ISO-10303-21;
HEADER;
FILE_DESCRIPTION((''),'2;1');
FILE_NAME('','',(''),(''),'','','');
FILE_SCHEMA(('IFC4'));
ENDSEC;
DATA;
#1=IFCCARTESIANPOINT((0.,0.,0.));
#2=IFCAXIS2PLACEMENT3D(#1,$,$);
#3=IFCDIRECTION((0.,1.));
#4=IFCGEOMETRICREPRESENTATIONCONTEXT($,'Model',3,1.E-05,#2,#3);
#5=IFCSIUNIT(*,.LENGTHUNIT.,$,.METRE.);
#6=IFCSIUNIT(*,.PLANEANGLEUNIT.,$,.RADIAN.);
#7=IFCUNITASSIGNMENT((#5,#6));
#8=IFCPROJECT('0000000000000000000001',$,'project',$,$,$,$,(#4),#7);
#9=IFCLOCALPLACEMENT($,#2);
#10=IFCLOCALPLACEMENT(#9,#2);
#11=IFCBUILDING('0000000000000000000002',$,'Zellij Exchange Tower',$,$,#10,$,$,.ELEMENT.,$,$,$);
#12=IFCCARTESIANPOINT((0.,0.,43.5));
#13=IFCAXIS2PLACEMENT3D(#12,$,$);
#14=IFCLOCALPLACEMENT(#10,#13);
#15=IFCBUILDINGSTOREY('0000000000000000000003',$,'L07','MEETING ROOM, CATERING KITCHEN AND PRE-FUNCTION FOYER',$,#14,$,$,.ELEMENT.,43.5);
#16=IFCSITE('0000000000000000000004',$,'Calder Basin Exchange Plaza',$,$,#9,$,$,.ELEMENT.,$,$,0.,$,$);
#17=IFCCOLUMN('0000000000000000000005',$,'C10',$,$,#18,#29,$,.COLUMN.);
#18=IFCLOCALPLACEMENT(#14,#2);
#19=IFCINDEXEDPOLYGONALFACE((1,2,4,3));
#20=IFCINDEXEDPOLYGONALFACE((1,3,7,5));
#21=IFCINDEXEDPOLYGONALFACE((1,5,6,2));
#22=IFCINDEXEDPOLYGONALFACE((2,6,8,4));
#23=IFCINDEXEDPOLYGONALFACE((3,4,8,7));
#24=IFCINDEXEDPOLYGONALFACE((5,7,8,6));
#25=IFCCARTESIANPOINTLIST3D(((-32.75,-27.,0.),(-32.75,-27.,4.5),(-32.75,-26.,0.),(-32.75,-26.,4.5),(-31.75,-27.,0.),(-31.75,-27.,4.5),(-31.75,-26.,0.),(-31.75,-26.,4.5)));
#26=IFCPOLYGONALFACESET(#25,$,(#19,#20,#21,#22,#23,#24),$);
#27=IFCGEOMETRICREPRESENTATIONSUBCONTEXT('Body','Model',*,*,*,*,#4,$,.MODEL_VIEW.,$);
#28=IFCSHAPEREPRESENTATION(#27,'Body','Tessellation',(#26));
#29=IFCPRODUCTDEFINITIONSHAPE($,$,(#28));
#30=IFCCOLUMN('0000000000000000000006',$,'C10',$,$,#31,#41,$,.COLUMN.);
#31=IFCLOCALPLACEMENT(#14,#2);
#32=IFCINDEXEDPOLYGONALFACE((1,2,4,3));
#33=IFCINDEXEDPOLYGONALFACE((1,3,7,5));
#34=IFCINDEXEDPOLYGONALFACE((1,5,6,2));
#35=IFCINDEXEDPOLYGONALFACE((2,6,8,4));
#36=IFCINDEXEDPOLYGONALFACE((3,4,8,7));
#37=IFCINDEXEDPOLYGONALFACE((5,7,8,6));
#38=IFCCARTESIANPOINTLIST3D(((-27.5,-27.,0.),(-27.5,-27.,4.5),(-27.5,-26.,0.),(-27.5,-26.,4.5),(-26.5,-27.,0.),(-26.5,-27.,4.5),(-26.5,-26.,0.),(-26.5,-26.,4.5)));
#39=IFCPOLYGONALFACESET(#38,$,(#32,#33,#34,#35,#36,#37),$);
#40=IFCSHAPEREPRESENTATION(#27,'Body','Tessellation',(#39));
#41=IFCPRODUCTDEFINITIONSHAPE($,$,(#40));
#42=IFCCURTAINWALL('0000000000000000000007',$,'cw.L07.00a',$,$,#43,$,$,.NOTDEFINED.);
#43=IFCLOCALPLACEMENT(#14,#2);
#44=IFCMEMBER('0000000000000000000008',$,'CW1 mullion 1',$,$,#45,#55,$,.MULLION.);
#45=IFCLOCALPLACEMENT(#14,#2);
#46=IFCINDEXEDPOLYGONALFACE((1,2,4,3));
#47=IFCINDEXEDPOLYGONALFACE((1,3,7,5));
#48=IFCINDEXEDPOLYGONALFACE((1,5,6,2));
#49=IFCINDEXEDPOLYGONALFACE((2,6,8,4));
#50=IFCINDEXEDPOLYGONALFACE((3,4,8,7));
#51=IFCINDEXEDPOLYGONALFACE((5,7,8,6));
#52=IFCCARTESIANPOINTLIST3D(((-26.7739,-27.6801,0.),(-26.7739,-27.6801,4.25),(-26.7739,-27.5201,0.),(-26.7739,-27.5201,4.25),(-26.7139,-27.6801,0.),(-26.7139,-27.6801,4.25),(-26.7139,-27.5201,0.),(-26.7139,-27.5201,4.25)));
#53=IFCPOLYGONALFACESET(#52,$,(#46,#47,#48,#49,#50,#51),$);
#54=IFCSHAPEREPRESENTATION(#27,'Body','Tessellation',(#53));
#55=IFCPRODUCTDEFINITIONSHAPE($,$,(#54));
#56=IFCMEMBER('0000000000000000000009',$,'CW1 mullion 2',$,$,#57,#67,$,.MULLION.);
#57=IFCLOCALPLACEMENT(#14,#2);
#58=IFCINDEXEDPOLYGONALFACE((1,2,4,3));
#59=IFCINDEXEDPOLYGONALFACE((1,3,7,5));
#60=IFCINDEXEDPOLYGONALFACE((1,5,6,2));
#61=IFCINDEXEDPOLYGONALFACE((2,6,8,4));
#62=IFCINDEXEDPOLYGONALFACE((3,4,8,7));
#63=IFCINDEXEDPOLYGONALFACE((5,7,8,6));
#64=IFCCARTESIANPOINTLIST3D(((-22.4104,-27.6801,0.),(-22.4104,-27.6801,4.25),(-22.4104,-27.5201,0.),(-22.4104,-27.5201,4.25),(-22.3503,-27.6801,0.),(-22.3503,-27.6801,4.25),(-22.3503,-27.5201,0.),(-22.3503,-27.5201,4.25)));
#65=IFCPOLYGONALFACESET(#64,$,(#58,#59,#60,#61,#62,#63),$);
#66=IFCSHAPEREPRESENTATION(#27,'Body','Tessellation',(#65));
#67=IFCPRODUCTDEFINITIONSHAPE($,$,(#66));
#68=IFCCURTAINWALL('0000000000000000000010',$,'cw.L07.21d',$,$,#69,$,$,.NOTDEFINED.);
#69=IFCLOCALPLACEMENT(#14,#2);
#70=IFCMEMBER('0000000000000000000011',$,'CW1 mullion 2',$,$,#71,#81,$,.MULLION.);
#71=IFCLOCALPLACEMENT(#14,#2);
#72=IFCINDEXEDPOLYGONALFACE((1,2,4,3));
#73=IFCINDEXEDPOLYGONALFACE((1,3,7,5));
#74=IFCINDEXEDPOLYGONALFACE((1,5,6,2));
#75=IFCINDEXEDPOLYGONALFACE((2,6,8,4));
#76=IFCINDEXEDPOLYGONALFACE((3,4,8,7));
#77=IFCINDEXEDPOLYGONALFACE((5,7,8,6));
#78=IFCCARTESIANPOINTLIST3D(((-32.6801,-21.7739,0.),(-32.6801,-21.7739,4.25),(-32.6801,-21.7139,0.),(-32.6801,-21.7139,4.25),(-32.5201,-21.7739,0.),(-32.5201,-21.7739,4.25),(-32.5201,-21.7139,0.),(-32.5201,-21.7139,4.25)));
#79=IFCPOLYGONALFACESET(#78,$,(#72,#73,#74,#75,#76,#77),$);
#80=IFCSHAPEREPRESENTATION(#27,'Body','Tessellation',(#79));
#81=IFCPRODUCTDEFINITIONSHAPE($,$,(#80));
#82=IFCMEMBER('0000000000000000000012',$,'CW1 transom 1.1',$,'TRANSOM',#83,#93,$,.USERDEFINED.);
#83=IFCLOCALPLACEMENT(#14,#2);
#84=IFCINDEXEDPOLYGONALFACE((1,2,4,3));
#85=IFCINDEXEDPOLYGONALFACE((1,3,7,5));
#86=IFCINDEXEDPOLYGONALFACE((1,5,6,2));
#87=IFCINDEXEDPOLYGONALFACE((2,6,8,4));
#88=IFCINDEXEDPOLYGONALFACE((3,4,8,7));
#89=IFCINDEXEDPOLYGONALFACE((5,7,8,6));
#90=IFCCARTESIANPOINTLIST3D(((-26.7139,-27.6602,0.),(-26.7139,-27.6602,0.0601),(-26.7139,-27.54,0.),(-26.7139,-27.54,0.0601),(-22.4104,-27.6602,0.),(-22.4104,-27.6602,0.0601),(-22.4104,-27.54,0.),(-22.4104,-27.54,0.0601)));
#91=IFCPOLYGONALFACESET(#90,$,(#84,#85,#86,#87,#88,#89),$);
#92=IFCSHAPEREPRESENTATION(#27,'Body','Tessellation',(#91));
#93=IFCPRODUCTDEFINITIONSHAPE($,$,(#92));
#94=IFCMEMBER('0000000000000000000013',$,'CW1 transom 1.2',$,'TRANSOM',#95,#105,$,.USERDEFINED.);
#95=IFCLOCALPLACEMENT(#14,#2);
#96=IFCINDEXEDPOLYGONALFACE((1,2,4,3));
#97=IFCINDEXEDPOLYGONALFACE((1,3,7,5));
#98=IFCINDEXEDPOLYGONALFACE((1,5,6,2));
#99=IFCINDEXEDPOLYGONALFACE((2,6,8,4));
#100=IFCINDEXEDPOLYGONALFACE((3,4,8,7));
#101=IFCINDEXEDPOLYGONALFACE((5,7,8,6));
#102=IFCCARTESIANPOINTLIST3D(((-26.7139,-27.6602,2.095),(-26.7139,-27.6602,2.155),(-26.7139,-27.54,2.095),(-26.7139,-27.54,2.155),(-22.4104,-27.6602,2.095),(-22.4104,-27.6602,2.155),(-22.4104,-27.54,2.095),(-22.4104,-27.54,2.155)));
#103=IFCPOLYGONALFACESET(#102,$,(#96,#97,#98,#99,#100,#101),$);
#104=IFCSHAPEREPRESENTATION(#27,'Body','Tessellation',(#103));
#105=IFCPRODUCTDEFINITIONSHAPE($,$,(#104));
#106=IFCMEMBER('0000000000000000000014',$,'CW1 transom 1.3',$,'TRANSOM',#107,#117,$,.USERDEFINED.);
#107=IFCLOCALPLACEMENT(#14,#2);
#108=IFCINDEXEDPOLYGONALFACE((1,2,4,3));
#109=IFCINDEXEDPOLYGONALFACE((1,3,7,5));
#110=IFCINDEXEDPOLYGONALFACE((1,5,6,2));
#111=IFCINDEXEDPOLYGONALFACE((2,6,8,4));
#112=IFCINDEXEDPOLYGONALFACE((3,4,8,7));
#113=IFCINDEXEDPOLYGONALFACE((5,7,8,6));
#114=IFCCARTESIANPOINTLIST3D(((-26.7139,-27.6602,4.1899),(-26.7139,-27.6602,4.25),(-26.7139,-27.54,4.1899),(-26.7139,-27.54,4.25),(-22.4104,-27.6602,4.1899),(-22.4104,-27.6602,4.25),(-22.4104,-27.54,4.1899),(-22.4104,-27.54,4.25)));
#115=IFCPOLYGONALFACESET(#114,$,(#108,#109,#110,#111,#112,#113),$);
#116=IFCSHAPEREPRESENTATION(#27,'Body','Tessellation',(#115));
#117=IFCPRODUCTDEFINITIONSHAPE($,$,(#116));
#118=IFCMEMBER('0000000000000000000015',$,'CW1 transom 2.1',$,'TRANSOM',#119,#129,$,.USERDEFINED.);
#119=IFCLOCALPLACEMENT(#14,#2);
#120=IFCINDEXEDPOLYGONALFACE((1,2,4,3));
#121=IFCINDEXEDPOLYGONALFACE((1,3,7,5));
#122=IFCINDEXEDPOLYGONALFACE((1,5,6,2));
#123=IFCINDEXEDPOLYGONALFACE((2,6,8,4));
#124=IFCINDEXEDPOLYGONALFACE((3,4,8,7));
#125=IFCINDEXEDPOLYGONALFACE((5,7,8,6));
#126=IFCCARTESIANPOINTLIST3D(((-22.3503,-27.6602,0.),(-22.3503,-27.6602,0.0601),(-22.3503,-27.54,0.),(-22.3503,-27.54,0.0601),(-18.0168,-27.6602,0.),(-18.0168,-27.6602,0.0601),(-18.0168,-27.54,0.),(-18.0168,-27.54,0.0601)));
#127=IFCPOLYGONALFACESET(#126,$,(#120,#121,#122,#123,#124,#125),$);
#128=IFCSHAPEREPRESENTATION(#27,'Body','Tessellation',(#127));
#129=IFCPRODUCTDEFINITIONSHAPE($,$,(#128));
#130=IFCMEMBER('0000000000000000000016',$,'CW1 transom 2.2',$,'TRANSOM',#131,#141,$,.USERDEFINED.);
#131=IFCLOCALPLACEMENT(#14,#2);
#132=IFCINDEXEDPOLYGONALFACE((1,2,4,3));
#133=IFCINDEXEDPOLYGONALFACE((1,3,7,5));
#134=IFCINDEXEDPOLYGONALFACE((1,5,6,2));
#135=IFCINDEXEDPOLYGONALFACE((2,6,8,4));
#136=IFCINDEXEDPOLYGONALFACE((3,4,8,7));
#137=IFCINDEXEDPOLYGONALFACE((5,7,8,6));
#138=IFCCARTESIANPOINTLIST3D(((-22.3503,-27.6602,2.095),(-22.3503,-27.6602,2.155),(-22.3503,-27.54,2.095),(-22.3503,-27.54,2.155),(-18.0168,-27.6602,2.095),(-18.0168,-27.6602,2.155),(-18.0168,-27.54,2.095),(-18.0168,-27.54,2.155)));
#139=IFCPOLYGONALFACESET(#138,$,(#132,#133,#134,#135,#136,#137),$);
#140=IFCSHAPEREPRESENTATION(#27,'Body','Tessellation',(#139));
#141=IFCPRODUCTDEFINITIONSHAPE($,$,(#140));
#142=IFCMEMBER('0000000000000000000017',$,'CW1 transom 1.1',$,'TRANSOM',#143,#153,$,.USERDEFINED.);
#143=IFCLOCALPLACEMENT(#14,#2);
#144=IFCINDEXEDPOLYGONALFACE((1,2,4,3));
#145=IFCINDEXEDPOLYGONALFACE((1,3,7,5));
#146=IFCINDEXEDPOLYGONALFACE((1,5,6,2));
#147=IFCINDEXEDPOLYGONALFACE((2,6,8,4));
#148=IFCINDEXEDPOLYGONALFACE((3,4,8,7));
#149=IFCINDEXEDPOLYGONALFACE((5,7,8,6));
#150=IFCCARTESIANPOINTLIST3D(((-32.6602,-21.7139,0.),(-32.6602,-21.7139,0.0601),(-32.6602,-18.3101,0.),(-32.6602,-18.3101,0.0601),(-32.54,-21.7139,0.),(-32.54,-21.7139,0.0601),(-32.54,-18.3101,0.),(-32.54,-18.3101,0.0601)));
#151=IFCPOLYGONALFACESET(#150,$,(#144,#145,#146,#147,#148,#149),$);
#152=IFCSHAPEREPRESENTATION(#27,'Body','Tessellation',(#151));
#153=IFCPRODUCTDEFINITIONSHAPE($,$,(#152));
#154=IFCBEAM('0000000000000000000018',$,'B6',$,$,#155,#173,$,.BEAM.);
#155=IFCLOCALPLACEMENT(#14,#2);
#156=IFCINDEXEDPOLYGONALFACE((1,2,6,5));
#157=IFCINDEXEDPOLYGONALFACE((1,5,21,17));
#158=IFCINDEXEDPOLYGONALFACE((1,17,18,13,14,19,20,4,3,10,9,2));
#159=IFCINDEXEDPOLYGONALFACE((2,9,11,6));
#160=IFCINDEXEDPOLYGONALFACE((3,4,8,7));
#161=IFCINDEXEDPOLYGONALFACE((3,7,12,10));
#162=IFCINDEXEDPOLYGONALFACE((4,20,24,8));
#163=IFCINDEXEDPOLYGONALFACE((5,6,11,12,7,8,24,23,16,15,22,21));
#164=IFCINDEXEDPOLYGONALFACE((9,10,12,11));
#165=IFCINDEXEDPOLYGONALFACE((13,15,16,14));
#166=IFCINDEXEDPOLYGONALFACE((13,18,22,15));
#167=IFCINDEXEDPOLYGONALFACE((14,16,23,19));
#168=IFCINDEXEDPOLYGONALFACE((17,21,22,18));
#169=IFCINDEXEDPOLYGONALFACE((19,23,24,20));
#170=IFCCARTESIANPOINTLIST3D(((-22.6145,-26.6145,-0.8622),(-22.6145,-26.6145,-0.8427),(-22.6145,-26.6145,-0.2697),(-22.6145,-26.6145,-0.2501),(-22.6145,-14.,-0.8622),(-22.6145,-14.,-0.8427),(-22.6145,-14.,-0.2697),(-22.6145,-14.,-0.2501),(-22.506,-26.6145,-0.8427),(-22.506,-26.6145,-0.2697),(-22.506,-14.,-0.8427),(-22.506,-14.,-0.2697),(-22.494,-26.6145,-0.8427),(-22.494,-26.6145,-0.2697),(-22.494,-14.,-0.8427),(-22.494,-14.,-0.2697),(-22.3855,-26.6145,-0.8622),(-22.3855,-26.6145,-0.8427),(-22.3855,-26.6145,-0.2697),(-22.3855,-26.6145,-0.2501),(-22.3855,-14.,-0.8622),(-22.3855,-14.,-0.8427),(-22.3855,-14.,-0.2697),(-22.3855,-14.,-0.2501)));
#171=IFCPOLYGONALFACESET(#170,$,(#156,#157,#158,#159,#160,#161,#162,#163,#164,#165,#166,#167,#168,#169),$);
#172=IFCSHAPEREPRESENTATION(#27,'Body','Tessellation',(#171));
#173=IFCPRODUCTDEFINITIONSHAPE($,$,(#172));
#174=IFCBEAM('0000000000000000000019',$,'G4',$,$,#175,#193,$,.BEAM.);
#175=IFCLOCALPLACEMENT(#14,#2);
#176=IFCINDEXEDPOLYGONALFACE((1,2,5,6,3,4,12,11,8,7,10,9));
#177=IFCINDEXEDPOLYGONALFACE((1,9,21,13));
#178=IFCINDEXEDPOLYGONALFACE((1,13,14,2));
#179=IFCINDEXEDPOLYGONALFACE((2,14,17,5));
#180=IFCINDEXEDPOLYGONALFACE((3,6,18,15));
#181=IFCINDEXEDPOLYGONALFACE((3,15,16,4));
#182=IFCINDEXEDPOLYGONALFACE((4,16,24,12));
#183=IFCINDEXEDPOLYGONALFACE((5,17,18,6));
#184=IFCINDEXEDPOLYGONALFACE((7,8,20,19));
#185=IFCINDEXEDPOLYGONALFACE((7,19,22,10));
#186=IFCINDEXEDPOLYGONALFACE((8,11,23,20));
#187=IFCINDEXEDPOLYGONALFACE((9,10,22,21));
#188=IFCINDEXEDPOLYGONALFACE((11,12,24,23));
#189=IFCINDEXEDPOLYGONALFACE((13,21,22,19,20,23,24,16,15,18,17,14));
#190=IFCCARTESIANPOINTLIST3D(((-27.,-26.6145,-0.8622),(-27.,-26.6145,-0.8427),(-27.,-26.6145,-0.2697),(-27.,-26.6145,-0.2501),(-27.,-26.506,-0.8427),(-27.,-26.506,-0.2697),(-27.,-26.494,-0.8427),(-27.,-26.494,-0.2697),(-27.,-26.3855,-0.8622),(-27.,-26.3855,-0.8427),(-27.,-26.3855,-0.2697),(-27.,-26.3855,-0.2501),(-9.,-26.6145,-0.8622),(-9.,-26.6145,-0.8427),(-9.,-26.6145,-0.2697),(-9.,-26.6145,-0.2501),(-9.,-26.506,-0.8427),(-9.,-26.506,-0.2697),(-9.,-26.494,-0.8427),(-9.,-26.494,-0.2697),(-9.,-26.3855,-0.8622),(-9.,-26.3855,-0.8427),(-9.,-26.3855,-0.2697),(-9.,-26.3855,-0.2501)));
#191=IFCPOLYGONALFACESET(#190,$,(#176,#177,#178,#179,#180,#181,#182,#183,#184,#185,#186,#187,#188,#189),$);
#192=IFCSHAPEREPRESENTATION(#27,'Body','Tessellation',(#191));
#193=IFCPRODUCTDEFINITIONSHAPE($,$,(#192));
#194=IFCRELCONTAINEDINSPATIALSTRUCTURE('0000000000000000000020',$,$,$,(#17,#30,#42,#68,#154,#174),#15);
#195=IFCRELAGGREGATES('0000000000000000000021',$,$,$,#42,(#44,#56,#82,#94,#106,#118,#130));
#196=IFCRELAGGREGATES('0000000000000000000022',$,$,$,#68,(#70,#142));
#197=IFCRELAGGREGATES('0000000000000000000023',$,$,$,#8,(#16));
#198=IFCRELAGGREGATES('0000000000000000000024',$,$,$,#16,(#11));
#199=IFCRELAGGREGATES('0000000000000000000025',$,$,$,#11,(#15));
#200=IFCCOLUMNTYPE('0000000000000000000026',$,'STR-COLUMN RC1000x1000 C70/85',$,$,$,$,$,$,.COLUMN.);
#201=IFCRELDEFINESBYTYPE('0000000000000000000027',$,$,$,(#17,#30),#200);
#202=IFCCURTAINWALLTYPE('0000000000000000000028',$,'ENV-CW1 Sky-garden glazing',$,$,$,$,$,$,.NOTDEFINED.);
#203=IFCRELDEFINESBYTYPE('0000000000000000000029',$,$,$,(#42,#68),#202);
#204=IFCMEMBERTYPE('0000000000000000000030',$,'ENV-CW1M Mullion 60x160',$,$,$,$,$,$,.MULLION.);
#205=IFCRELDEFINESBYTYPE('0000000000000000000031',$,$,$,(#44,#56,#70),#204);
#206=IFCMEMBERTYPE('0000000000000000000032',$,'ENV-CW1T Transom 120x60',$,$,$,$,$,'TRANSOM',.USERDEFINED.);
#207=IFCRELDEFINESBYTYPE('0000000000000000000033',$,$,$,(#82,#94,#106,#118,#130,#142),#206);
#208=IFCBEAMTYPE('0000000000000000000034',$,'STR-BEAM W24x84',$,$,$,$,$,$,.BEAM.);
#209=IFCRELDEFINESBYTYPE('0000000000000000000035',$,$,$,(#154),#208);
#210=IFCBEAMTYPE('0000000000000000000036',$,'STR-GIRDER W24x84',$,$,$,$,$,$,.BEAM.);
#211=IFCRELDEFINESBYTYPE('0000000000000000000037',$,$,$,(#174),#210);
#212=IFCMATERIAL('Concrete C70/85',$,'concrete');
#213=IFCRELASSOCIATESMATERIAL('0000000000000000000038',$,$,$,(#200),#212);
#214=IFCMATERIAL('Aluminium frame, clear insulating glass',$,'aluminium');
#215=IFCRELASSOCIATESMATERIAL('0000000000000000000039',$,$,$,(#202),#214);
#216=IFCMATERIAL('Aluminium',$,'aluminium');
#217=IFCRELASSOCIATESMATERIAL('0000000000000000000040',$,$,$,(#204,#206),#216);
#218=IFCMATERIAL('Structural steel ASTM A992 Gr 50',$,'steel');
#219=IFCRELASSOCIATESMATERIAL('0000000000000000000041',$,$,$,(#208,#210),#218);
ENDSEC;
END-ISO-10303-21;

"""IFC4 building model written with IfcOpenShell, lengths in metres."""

from ifc_helpers import new_model, si_unit, direction, frame, origin, origin_2d, place, context, subcontext, project, spatial, rectangle, i_section, extrude, material, material_profile, profile_set, type_object, element, aggregate, save


model = new_model("IFC4")

# Units and contexts
model_context = context("Model", 3, precision=1e-05, world=origin(), true_north=direction((0.0, 1.0)))
body_context = subcontext(model_context, "Body", "Model", "MODEL_VIEW")
ifc_project = project(units=[si_unit("LENGTHUNIT", "METRE"), si_unit("PLANEANGLEUNIT", "RADIAN")], contexts=[model_context])

# Site, building, storey
site_placement = place(None, origin())
site = spatial("IfcSite", under=ifc_project, at=site_placement, Name="Calder Basin Exchange Plaza", CompositionType="ELEMENT", RefElevation=0.0)
building_placement = place(site_placement, origin())
building = spatial("IfcBuilding", under=site, at=building_placement, Name="Zellij Exchange Tower", CompositionType="ELEMENT")
storey_placement = place(building_placement, frame((0.0, 0.0, 43.5)))
storey = spatial("IfcBuildingStorey", under=building, at=storey_placement, Name="L07", Description="MEETING ROOM, CATERING KITCHEN AND PRE-FUNCTION FOYER", CompositionType="ELEMENT", Elevation=43.5)

# Columns
ifc_material_1 = material(Name="Concrete C70/85", Category="concrete")
ifc_material_profile_1 = material_profile(ifc_material_1, rectangle(XDim=1.0, YDim=1.0, at=origin_2d()), Name="STR-COLUMN RC1000x1000 C70/85")
ifc_profile_set_1 = profile_set([ifc_material_profile_1], Name="Concrete C70/85")
column_type = type_object("IfcColumnType", Name="STR-COLUMN RC1000x1000 C70/85", PredefinedType="COLUMN", material=ifc_profile_set_1)
for number, where, z_axis, x_axis, name in (
    (1, (-32.25, -26.5, 0.0), (0.0, 0.0, 1.0), (1.0, 0.0, 0.0), "C10"),
    (2, (-27.0, -26.5, 0.0), (0.0, 0.0, 1.0), (1.0, 0.0, 0.0), "C10"),
):
    element("IfcColumn", number, at=place(storey_placement, frame(where, z_axis=z_axis, x_axis=x_axis)), inside=storey, type_object=column_type, Name=name, PredefinedType="COLUMN", context=body_context, shape_type="SweptSolid", body=[
        extrude(rectangle(XDim=1.0, YDim=1.0, at=origin_2d()), origin(), (0.0, 0.0, 1.0), 4.5),
    ])

# Curtain wall, members
ifc_material_2 = material(Name="Aluminium frame, clear insulating glass", Category="aluminium")
curtain_wall_type = type_object("IfcCurtainWallType", Name="ENV-CW1 Sky-garden glazing", PredefinedType="NOTDEFINED", material=ifc_material_2)
curtain_wall_1_placement = place(storey_placement, origin())
curtain_wall_1 = element("IfcCurtainWall", 3, at=curtain_wall_1_placement, inside=storey, type_object=curtain_wall_type, Name="cw.L07.00a", PredefinedType="NOTDEFINED")
ifc_material_3 = material(Name="Aluminium", Category="aluminium")
ifc_material_profile_2 = material_profile(ifc_material_3, rectangle(XDim=0.0601, YDim=0.1599, at=origin_2d()), Name="AL 60x160")
ifc_profile_set_2 = profile_set([ifc_material_profile_2], Name="Aluminium")
member_type_1 = type_object("IfcMemberType", Name="ENV-CW1M Mullion 60x160", PredefinedType="MULLION", material=ifc_profile_set_2)
member_1_placement = place(storey_placement, frame((-26.7439, -27.6001, 0.0), z_axis=(0.0, 0.0, 1.0), x_axis=(1.0, 0.0, 0.0)))
member_1 = element("IfcMember", 4, at=member_1_placement, type_object=member_type_1, Name="CW1 mullion 1", PredefinedType="MULLION", context=body_context, shape_type="SweptSolid", body=[
    extrude(rectangle(XDim=0.0601, YDim=0.1599, at=origin_2d()), origin(), (0.0, 0.0, 1.0), 4.25),
])
member_2_placement = place(storey_placement, frame((-22.3804, -27.6001, 0.0), z_axis=(0.0, 0.0, 1.0), x_axis=(1.0, 0.0, 0.0)))
member_2 = element("IfcMember", 5, at=member_2_placement, type_object=member_type_1, Name="CW1 mullion 2", PredefinedType="MULLION", context=body_context, shape_type="SweptSolid", body=[
    extrude(rectangle(XDim=0.0601, YDim=0.1599, at=origin_2d()), origin(), (0.0, 0.0, 1.0), 4.25),
])

# Curtain wall, member
curtain_wall_2_placement = place(storey_placement, origin())
curtain_wall_2 = element("IfcCurtainWall", 6, at=curtain_wall_2_placement, inside=storey, type_object=curtain_wall_type, Name="cw.L07.21d", PredefinedType="NOTDEFINED")
member_3_placement = place(storey_placement, frame((-32.6001, -21.7439, 0.0), z_axis=(0.0, 0.0, 1.0), x_axis=(0.0, -1.0, 0.0)))
member_3 = element("IfcMember", 7, at=member_3_placement, type_object=member_type_1, Name="CW1 mullion 2", PredefinedType="MULLION", context=body_context, shape_type="SweptSolid", body=[
    extrude(rectangle(XDim=0.0601, YDim=0.1599, at=origin_2d()), origin(), (0.0, 0.0, 1.0), 4.25),
])

# Members
ifc_material_profile_3 = material_profile(ifc_material_3, rectangle(XDim=0.1201, YDim=0.0601, at=origin_2d()), Name="AL 120x60")
ifc_profile_set_3 = profile_set([ifc_material_profile_3], Name="Aluminium")
member_type_2 = type_object("IfcMemberType", Name="ENV-CW1T Transom 120x60", ElementType="TRANSOM", PredefinedType="USERDEFINED", material=ifc_profile_set_3)
member_4_placement = place(storey_placement, frame((-26.7139, -27.6001, 0.03), z_axis=(1.0, 0.0, 0.0), x_axis=(0.0, 1.0, 0.0)))
member_4 = element("IfcMember", 8, at=member_4_placement, type_object=member_type_2, Name="CW1 transom 1.1", ObjectType="TRANSOM", PredefinedType="USERDEFINED", context=body_context, shape_type="SweptSolid", body=[
    extrude(rectangle(XDim=0.1201, YDim=0.0601, at=origin_2d()), origin(), (0.0, 0.0, 1.0), 4.3035),
])
member_5_placement = place(storey_placement, frame((-26.7139, -27.6001, 2.125), z_axis=(1.0, 0.0, 0.0), x_axis=(0.0, 1.0, 0.0)))
member_5 = element("IfcMember", 9, at=member_5_placement, type_object=member_type_2, Name="CW1 transom 1.2", ObjectType="TRANSOM", PredefinedType="USERDEFINED", context=body_context, shape_type="SweptSolid", body=[
    extrude(rectangle(XDim=0.1201, YDim=0.0601, at=origin_2d()), origin(), (0.0, 0.0, 1.0), 4.3035),
])
member_6_placement = place(storey_placement, frame((-26.7139, -27.6001, 4.22), z_axis=(1.0, 0.0, 0.0), x_axis=(0.0, 1.0, 0.0)))
member_6 = element("IfcMember", 10, at=member_6_placement, type_object=member_type_2, Name="CW1 transom 1.3", ObjectType="TRANSOM", PredefinedType="USERDEFINED", context=body_context, shape_type="SweptSolid", body=[
    extrude(rectangle(XDim=0.1201, YDim=0.0601, at=origin_2d()), origin(), (0.0, 0.0, 1.0), 4.3035),
])
member_7_placement = place(storey_placement, frame((-22.3503, -27.6001, 0.03), z_axis=(1.0, 0.0, 0.0), x_axis=(0.0, 1.0, 0.0)))
member_7 = element("IfcMember", 11, at=member_7_placement, type_object=member_type_2, Name="CW1 transom 2.1", ObjectType="TRANSOM", PredefinedType="USERDEFINED", context=body_context, shape_type="SweptSolid", body=[
    extrude(rectangle(XDim=0.1201, YDim=0.0601, at=origin_2d()), origin(), (0.0, 0.0, 1.0), 4.3335),
])
member_8_placement = place(storey_placement, frame((-22.3503, -27.6001, 2.125), z_axis=(1.0, 0.0, 0.0), x_axis=(0.0, 1.0, 0.0)))
member_8 = element("IfcMember", 12, at=member_8_placement, type_object=member_type_2, Name="CW1 transom 2.2", ObjectType="TRANSOM", PredefinedType="USERDEFINED", context=body_context, shape_type="SweptSolid", body=[
    extrude(rectangle(XDim=0.1201, YDim=0.0601, at=origin_2d()), origin(), (0.0, 0.0, 1.0), 4.3335),
])
member_9_placement = place(storey_placement, frame((-32.6001, -18.3101, 0.03), z_axis=(0.0, -1.0, 0.0), x_axis=(1.0, 0.0, 0.0)))
member_9 = element("IfcMember", 13, at=member_9_placement, type_object=member_type_2, Name="CW1 transom 1.1", ObjectType="TRANSOM", PredefinedType="USERDEFINED", context=body_context, shape_type="SweptSolid", body=[
    extrude(rectangle(XDim=0.1201, YDim=0.0601, at=origin_2d()), origin(), (0.0, 0.0, 1.0), 3.4038),
])

# Beams
ifc_material_4 = material(Name="Structural steel ASTM A992 Gr 50", Category="steel")
ifc_material_profile_4 = material_profile(ifc_material_4, i_section(OverallWidth=0.229, OverallDepth=0.6121, WebThickness=0.012, FlangeThickness=0.0195, at=origin_2d()), Name="W24x84")
ifc_profile_set_4 = profile_set([ifc_material_profile_4], Name="Structural steel ASTM A992 Gr 50")
beam_type_1 = type_object("IfcBeamType", Name="STR-BEAM W24x84", PredefinedType="BEAM", material=ifc_profile_set_4)
beam_1_placement = place(storey_placement, frame((-22.5, -26.6145, -0.5562), z_axis=(0.0, 1.0, 0.0), x_axis=(-1.0, 0.0, 0.0)))
element("IfcBeam", 14, at=beam_1_placement, inside=storey, type_object=beam_type_1, Name="B6", PredefinedType="BEAM", context=body_context, shape_type="SweptSolid", body=[
    extrude(i_section(OverallWidth=0.229, OverallDepth=0.6121, WebThickness=0.012, FlangeThickness=0.0195, at=origin_2d()), origin(), (0.0, 0.0, 1.0), 12.6145),
])
ifc_material_profile_5 = material_profile(ifc_material_4, i_section(OverallWidth=0.229, OverallDepth=0.6121, WebThickness=0.012, FlangeThickness=0.0195, at=origin_2d()), Name="W24x84")
ifc_profile_set_5 = profile_set([ifc_material_profile_5], Name="Structural steel ASTM A992 Gr 50")
beam_type_2 = type_object("IfcBeamType", Name="STR-GIRDER W24x84", PredefinedType="BEAM", material=ifc_profile_set_5)
beam_2_placement = place(storey_placement, frame((-27.0, -26.5, -0.5562), z_axis=(1.0, 0.0, 0.0), x_axis=(0.0, 1.0, 0.0)))
element("IfcBeam", 15, at=beam_2_placement, inside=storey, type_object=beam_type_2, Name="G4", PredefinedType="BEAM", context=body_context, shape_type="SweptSolid", body=[
    extrude(i_section(OverallWidth=0.229, OverallDepth=0.6121, WebThickness=0.012, FlangeThickness=0.0195, at=origin_2d()), origin(), (0.0, 0.0, 1.0), 18.0),
])

aggregate(curtain_wall_1, [member_1, member_2, member_4, member_5, member_6, member_7, member_8])
aggregate(curtain_wall_2, [member_3, member_9])

save(model, "model.ifc")
